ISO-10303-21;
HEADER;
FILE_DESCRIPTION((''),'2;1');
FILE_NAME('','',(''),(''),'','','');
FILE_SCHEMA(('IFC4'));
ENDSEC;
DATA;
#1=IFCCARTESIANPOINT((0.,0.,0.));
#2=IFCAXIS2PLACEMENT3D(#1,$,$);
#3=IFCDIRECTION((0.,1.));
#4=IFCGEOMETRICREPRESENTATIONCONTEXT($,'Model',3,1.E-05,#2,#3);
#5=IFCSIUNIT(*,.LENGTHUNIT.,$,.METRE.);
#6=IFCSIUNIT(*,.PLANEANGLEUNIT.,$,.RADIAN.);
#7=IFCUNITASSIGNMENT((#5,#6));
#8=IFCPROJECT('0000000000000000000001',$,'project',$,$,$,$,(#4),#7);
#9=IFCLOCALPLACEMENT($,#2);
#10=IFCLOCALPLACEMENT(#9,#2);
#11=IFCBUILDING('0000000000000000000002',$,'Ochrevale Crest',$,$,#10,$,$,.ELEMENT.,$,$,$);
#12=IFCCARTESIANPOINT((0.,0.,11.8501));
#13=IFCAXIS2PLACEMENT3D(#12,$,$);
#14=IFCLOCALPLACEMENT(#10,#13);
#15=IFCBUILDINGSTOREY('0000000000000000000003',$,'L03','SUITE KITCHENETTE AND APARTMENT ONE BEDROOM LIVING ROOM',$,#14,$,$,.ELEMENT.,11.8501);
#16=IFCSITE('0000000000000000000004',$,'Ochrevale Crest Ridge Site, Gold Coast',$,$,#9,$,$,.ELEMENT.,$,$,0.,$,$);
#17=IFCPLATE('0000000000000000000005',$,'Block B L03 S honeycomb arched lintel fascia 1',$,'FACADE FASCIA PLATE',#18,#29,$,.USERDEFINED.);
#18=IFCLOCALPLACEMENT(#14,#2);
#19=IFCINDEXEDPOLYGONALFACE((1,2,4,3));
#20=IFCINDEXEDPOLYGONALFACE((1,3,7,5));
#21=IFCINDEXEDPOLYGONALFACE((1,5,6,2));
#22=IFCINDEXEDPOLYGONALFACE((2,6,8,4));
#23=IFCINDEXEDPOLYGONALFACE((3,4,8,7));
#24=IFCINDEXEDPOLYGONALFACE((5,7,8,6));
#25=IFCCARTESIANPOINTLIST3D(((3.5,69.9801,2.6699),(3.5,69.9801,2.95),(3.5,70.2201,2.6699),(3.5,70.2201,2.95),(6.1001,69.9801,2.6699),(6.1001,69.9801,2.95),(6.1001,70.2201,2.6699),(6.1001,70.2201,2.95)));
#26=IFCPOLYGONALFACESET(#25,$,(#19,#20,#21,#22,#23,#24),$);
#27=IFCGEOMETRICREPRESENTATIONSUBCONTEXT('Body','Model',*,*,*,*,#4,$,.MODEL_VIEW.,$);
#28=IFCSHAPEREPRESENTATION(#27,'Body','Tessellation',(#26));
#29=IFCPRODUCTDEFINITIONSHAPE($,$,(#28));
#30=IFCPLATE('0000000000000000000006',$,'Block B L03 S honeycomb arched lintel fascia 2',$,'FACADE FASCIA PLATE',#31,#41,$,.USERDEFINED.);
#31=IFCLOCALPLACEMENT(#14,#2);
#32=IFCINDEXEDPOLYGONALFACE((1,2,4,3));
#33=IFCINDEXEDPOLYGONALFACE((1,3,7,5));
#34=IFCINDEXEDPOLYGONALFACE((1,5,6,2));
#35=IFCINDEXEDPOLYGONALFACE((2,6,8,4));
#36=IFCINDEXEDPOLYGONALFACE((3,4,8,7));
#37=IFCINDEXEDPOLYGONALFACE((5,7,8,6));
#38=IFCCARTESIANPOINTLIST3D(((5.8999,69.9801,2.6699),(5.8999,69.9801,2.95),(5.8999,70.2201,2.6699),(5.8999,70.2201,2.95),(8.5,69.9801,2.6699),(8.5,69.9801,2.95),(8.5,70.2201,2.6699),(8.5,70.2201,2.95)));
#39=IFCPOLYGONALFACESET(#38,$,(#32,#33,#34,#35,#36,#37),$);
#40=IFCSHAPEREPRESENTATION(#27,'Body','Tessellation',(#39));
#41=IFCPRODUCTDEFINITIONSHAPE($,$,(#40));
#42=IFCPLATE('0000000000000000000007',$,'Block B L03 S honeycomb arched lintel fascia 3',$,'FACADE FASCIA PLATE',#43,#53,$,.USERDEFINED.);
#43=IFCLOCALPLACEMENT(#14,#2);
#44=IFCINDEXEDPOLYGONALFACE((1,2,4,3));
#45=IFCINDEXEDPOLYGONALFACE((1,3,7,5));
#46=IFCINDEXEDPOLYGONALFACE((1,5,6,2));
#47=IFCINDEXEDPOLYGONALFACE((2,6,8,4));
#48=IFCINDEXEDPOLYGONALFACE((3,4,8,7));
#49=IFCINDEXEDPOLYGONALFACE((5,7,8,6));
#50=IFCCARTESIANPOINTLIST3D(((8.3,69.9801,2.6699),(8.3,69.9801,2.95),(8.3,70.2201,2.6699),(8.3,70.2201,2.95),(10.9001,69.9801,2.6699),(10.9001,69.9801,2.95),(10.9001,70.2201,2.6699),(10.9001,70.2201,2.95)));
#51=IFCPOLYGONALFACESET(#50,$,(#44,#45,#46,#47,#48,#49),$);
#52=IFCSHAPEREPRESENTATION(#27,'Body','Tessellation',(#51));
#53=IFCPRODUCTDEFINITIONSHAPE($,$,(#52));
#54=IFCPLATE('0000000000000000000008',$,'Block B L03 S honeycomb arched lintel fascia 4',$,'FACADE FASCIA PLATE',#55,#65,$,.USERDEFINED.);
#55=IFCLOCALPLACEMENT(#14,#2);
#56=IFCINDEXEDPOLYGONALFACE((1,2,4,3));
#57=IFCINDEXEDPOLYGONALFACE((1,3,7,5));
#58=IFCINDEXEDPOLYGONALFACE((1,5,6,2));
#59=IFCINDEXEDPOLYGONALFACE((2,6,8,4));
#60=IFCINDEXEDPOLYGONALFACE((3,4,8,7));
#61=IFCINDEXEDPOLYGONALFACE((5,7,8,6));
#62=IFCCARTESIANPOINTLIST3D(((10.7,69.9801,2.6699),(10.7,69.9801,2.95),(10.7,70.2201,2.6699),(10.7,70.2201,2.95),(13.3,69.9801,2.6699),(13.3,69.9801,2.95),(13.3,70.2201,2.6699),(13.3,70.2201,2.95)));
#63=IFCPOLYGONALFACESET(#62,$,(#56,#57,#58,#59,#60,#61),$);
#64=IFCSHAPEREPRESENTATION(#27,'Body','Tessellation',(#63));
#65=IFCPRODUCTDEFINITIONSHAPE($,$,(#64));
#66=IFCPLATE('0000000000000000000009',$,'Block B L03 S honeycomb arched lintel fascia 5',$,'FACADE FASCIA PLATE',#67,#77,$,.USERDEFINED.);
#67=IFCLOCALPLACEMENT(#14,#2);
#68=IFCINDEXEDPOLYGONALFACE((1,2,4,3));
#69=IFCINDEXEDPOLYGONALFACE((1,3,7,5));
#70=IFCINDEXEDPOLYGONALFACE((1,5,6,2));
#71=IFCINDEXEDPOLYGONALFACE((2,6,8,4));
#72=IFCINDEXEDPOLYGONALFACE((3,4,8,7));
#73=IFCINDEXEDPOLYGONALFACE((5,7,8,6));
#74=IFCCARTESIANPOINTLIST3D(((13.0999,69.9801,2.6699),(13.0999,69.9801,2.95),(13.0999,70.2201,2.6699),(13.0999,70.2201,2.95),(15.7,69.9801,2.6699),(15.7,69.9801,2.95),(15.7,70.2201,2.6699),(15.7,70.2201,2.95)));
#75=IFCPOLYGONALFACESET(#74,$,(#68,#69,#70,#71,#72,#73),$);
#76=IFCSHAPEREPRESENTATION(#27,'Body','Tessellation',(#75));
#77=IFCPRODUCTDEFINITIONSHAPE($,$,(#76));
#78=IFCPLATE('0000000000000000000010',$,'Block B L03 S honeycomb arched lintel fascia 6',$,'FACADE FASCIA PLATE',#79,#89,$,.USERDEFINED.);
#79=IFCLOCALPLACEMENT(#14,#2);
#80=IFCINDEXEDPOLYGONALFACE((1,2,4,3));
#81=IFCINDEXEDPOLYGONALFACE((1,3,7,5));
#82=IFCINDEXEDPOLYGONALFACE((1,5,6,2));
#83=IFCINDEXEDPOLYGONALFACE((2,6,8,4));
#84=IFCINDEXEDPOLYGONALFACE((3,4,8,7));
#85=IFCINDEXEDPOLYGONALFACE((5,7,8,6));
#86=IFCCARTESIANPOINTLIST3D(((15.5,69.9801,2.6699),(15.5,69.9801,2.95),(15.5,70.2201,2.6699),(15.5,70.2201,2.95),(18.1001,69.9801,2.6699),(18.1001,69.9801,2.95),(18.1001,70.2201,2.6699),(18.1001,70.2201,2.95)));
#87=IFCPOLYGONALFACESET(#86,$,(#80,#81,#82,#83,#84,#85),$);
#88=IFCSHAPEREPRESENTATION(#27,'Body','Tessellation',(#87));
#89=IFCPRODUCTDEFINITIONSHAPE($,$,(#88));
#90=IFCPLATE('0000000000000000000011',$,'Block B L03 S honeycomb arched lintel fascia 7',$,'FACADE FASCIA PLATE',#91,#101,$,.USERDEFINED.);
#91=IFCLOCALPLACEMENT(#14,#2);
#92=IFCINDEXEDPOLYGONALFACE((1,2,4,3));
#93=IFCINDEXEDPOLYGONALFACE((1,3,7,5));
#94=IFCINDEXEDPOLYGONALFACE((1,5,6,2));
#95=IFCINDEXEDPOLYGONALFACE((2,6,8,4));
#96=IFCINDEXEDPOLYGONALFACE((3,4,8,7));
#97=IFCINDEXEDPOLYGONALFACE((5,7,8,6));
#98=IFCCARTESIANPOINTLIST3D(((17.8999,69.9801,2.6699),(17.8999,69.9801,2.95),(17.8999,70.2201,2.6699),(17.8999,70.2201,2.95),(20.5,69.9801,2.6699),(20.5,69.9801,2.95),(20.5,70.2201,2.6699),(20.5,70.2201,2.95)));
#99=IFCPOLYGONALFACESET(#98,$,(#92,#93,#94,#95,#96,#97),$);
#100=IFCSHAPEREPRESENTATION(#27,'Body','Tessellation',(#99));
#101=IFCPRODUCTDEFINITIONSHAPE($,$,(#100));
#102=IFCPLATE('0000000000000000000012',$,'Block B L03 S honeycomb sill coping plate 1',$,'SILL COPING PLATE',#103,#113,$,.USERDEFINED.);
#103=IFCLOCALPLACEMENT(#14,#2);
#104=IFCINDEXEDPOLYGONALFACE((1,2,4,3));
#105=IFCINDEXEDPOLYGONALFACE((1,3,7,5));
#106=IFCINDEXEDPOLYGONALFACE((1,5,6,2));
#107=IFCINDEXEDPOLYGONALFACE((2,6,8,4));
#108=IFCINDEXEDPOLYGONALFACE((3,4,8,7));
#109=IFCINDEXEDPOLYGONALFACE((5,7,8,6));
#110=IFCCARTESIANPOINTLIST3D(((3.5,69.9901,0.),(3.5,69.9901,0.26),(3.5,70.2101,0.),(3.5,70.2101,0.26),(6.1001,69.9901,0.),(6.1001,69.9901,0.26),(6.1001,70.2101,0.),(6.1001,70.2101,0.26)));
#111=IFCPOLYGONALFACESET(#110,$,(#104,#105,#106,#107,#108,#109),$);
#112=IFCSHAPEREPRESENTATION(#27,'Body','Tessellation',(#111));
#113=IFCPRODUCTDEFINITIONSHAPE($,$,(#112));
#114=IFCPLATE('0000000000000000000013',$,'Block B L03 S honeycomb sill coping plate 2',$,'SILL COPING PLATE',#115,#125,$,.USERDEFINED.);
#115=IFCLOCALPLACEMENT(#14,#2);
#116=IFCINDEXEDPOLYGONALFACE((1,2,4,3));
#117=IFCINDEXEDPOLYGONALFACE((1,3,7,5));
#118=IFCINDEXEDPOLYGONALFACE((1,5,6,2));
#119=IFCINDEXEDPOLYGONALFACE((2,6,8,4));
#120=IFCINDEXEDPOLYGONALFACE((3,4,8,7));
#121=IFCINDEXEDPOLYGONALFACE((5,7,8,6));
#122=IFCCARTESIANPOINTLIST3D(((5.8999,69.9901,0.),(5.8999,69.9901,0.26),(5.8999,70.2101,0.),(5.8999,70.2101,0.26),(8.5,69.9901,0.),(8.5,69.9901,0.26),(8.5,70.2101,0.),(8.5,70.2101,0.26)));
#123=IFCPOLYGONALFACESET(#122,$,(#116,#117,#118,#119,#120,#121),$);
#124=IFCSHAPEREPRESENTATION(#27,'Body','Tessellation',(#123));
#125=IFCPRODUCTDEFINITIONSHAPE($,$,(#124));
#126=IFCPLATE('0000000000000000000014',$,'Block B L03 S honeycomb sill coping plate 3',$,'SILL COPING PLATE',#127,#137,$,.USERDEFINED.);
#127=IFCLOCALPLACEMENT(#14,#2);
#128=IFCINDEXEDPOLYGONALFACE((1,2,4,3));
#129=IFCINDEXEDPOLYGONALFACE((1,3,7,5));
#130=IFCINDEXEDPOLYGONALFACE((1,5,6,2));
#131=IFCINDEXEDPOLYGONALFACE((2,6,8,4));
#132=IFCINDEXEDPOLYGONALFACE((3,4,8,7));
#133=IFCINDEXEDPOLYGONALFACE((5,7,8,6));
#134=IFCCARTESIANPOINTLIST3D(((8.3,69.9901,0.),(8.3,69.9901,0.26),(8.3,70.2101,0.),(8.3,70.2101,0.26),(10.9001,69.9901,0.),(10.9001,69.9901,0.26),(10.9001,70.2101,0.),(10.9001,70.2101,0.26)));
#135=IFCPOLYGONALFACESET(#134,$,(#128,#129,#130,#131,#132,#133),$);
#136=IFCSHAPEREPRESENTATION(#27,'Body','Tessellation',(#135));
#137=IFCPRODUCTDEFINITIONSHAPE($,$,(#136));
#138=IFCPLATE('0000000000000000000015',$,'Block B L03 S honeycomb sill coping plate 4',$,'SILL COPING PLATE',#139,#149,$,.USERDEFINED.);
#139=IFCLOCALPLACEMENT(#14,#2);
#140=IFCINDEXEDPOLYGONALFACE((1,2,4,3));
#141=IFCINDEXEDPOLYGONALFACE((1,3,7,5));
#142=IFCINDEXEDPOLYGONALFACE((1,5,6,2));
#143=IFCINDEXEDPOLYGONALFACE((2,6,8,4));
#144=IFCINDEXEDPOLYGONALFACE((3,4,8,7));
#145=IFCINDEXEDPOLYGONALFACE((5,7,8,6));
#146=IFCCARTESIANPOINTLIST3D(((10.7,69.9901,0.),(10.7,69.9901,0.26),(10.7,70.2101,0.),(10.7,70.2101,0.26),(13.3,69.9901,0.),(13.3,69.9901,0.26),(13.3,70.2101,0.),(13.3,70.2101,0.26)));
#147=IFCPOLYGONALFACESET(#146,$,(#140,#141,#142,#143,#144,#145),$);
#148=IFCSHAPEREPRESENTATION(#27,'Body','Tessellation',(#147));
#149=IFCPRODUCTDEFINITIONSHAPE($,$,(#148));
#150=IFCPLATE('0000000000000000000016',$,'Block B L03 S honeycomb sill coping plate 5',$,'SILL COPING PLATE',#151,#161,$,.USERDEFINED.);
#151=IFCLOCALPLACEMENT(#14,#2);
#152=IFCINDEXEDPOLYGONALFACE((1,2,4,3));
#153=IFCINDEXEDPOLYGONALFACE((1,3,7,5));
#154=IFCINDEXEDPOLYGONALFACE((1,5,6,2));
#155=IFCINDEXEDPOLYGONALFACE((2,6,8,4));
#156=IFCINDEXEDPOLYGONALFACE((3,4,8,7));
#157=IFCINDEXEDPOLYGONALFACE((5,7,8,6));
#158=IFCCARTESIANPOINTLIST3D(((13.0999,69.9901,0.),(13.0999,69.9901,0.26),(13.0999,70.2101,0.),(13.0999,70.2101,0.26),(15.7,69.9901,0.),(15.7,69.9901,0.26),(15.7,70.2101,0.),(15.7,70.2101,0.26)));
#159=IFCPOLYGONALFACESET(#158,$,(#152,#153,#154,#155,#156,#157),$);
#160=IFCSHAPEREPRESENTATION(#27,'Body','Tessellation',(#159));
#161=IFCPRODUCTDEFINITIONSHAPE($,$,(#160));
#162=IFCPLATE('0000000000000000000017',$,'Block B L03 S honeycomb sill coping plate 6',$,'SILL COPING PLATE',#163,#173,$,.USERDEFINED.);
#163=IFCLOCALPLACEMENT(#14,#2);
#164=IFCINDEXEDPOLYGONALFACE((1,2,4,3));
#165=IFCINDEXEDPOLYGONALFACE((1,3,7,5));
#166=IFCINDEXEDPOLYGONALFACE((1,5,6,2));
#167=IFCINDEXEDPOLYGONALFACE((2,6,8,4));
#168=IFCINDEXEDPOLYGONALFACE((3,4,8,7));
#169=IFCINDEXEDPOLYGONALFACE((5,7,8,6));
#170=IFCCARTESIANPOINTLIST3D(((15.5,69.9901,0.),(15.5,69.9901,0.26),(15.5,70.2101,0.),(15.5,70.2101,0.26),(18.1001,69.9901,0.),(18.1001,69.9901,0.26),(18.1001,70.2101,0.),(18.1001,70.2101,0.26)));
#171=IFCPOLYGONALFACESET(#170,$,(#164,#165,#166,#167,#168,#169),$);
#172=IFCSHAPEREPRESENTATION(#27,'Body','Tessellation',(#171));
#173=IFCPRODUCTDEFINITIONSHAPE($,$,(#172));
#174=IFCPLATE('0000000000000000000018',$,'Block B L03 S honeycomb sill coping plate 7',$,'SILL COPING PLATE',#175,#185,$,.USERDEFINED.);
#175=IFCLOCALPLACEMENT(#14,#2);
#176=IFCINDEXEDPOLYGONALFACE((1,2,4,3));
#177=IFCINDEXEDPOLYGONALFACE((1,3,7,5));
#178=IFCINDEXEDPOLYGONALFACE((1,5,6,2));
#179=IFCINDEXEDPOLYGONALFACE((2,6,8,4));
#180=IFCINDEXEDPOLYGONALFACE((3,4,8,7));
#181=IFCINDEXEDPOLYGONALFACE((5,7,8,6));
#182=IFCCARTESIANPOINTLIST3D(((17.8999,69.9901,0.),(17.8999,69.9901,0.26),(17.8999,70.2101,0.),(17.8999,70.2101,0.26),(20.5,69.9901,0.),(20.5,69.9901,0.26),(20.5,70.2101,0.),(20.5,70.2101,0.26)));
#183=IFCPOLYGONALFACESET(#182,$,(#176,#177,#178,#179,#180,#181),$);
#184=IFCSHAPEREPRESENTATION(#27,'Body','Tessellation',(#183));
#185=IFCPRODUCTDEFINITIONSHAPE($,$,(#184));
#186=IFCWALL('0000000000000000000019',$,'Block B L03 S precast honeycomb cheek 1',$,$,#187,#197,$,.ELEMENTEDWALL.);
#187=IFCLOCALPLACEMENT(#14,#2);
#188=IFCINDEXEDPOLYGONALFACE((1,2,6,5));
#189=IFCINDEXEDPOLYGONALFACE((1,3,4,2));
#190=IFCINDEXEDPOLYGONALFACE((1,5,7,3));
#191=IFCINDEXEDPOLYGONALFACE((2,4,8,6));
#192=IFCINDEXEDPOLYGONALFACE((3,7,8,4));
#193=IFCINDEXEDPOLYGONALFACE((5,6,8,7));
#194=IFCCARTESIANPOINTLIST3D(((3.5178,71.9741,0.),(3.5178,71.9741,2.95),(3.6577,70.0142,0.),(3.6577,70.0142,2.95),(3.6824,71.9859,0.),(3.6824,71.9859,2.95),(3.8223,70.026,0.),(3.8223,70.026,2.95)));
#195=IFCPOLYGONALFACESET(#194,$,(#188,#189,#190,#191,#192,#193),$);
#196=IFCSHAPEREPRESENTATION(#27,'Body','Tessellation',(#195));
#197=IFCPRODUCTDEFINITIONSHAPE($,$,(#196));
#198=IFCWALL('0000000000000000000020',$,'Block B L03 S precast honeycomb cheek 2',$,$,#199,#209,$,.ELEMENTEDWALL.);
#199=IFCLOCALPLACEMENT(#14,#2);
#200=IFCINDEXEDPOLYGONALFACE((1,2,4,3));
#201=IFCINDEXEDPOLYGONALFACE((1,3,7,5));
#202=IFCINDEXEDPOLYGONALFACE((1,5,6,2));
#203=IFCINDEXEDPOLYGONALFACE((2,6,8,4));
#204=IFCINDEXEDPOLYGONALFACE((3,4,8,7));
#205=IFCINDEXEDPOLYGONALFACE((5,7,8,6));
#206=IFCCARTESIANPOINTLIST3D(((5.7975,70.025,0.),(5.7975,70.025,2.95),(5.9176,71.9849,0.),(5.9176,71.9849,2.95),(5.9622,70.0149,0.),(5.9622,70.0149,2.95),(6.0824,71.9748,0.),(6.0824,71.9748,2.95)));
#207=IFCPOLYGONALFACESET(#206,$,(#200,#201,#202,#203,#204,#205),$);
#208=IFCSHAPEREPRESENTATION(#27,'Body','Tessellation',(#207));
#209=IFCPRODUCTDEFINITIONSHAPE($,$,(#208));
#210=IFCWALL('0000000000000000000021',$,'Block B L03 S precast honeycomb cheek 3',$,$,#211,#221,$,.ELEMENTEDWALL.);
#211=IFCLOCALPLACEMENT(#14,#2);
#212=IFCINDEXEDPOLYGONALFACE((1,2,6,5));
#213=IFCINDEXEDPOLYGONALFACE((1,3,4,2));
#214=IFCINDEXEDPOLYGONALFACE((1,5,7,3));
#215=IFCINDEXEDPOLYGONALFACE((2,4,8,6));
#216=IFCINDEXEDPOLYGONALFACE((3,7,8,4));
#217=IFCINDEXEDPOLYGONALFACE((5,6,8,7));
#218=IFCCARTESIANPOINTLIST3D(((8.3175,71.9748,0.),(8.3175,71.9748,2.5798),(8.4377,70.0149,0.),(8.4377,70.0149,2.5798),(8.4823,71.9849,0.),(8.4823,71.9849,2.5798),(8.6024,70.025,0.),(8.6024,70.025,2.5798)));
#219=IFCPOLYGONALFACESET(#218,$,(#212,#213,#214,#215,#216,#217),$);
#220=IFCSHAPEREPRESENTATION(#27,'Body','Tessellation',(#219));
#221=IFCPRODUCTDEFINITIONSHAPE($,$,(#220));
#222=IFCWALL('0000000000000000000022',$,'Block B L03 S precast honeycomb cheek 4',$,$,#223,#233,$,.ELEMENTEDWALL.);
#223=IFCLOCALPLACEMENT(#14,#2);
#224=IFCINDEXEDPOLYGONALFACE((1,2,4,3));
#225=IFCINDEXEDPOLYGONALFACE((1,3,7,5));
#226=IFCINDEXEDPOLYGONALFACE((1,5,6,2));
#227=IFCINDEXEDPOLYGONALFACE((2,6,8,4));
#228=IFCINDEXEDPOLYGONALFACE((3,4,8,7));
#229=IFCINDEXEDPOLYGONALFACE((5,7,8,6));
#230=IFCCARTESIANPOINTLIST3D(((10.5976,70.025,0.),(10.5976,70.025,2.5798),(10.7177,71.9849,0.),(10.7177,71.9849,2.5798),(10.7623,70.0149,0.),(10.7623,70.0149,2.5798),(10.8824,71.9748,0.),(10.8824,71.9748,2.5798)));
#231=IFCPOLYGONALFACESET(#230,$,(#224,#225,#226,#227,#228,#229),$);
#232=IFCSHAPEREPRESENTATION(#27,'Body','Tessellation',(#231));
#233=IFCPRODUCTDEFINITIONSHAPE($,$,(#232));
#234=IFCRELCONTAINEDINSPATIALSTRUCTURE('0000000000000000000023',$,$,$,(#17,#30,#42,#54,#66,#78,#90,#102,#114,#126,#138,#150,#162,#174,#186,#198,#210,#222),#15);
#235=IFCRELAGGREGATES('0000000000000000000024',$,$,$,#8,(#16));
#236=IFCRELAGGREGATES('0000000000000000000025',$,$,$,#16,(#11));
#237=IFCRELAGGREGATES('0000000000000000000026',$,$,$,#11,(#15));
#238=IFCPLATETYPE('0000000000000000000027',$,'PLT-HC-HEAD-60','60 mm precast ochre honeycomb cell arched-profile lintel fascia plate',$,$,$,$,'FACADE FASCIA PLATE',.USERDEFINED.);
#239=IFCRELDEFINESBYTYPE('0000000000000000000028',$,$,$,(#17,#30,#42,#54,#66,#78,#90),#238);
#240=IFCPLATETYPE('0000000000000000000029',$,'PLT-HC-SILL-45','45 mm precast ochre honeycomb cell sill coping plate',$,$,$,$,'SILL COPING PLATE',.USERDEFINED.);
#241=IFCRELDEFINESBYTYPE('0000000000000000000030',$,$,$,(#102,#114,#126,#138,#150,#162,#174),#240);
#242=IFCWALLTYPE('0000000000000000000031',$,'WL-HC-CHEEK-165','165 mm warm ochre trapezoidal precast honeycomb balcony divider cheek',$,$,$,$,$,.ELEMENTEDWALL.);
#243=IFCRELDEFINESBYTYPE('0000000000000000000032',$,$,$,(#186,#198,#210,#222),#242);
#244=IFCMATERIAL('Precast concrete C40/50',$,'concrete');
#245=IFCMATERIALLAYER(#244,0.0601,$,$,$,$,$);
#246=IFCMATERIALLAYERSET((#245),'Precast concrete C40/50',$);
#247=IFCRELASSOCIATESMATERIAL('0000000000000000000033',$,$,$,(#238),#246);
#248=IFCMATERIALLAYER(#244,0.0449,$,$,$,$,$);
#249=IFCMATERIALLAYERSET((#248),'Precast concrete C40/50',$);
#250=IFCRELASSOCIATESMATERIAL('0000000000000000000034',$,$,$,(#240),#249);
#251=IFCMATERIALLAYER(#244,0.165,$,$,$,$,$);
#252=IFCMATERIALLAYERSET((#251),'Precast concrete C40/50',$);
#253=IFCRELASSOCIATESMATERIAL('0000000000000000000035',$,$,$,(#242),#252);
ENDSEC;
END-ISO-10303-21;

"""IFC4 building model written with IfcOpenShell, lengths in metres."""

from ifc_helpers import new_model, si_unit, direction, frame, frame_2d, origin, origin_2d, place, context, subcontext, project, spatial, rectangle, extrude, material, layer, layer_set, type_object, element, save


model = new_model("IFC4")

# Units and contexts
model_context = context("Model", 3, precision=1e-05, world=origin(), true_north=direction((0.0, 1.0)))
body_context = subcontext(model_context, "Body", "Model", "MODEL_VIEW")
ifc_project = project(units=[si_unit("LENGTHUNIT", "METRE"), si_unit("PLANEANGLEUNIT", "RADIAN")], contexts=[model_context])

# Site, building, storey
site_placement = place(None, origin())
site = spatial("IfcSite", under=ifc_project, at=site_placement, Name="Ochrevale Crest Ridge Site, Gold Coast", CompositionType="ELEMENT", RefElevation=0.0)
building_placement = place(site_placement, origin())
building = spatial("IfcBuilding", under=site, at=building_placement, Name="Ochrevale Crest", CompositionType="ELEMENT")
storey_placement = place(building_placement, frame((0.0, 0.0, 11.8501)))
storey = spatial("IfcBuildingStorey", under=building, at=storey_placement, Name="L03", Description="SUITE KITCHENETTE AND APARTMENT ONE BEDROOM LIVING ROOM", CompositionType="ELEMENT", Elevation=11.8501)

# Plates
ifc_material_1 = material(Name="Precast concrete C40/50", Category="concrete")
ifc_layer_1 = layer(ifc_material_1, 0.0601)
ifc_layer_set_1 = layer_set([ifc_layer_1], Name="Precast concrete C40/50")
plate_type_1 = type_object("IfcPlateType", Name="PLT-HC-HEAD-60", Description="60 mm precast ochre honeycomb cell arched-profile lintel fascia plate", ElementType="FACADE FASCIA PLATE", PredefinedType="USERDEFINED", material=ifc_layer_set_1)
for number, where, z_axis, x_axis, name in (
    (1, (4.8, 70.1001, 2.6699), (0.0, 0.0, 1.0), (1.0, 0.0, 0.0), "Block B L03 S honeycomb arched lintel fascia 1"),
    (2, (7.2, 70.1001, 2.6699), (0.0, 0.0, 1.0), (1.0, 0.0, 0.0), "Block B L03 S honeycomb arched lintel fascia 2"),
    (3, (9.6001, 70.1001, 2.6699), (0.0, 0.0, 1.0), (1.0, 0.0, 0.0), "Block B L03 S honeycomb arched lintel fascia 3"),
    (4, (12.0, 70.1001, 2.6699), (0.0, 0.0, 1.0), (1.0, 0.0, 0.0), "Block B L03 S honeycomb arched lintel fascia 4"),
    (5, (14.3999, 70.1001, 2.6699), (0.0, 0.0, 1.0), (1.0, 0.0, 0.0), "Block B L03 S honeycomb arched lintel fascia 5"),
    (6, (16.8, 70.1001, 2.6699), (0.0, 0.0, 1.0), (1.0, 0.0, 0.0), "Block B L03 S honeycomb arched lintel fascia 6"),
    (7, (19.2, 70.1001, 2.6699), (0.0, 0.0, 1.0), (1.0, 0.0, 0.0), "Block B L03 S honeycomb arched lintel fascia 7"),
):
    element("IfcPlate", number, at=place(storey_placement, frame(where, z_axis=z_axis, x_axis=x_axis)), inside=storey, type_object=plate_type_1, Name=name, ObjectType="FACADE FASCIA PLATE", PredefinedType="USERDEFINED", context=body_context, shape_type="SweptSolid", body=[
        extrude(rectangle(XDim=2.6001, YDim=0.24, at=origin_2d()), origin(), (0.0, 0.0, 1.0), 0.28),
    ])
ifc_layer_2 = layer(ifc_material_1, 0.0449)
ifc_layer_set_2 = layer_set([ifc_layer_2], Name="Precast concrete C40/50")
plate_type_2 = type_object("IfcPlateType", Name="PLT-HC-SILL-45", Description="45 mm precast ochre honeycomb cell sill coping plate", ElementType="SILL COPING PLATE", PredefinedType="USERDEFINED", material=ifc_layer_set_2)
for number, where, z_axis, x_axis, name in (
    (8, (4.8, 70.1001, 0.0), (0.0, 0.0, 1.0), (1.0, 0.0, 0.0), "Block B L03 S honeycomb sill coping plate 1"),
    (9, (7.2, 70.1001, 0.0), (0.0, 0.0, 1.0), (1.0, 0.0, 0.0), "Block B L03 S honeycomb sill coping plate 2"),
    (10, (9.6001, 70.1001, 0.0), (0.0, 0.0, 1.0), (1.0, 0.0, 0.0), "Block B L03 S honeycomb sill coping plate 3"),
    (11, (12.0, 70.1001, 0.0), (0.0, 0.0, 1.0), (1.0, 0.0, 0.0), "Block B L03 S honeycomb sill coping plate 4"),
    (12, (14.3999, 70.1001, 0.0), (0.0, 0.0, 1.0), (1.0, 0.0, 0.0), "Block B L03 S honeycomb sill coping plate 5"),
    (13, (16.8, 70.1001, 0.0), (0.0, 0.0, 1.0), (1.0, 0.0, 0.0), "Block B L03 S honeycomb sill coping plate 6"),
    (14, (19.2, 70.1001, 0.0), (0.0, 0.0, 1.0), (1.0, 0.0, 0.0), "Block B L03 S honeycomb sill coping plate 7"),
):
    element("IfcPlate", number, at=place(storey_placement, frame(where, z_axis=z_axis, x_axis=x_axis)), inside=storey, type_object=plate_type_2, Name=name, ObjectType="SILL COPING PLATE", PredefinedType="USERDEFINED", context=body_context, shape_type="SweptSolid", body=[
        extrude(rectangle(XDim=2.6001, YDim=0.22, at=origin_2d()), origin(), (0.0, 0.0, 1.0), 0.26),
    ])

# Walls
ifc_layer_3 = layer(ifc_material_1, 0.165)
ifc_layer_set_3 = layer_set([ifc_layer_3], Name="Precast concrete C40/50")
wall_type = type_object("IfcWallType", Name="WL-HC-CHEEK-165", Description="165 mm warm ochre trapezoidal precast honeycomb balcony divider cheek", PredefinedType="ELEMENTEDWALL", material=ifc_layer_set_3)
wall_1_placement = place(storey_placement, frame((3.6001, 71.98, 0.0), z_axis=(0.0, 0.0, 1.0), x_axis=(0.071194, -0.997462, 0.0)))
element("IfcWall", 15, at=wall_1_placement, inside=storey, type_object=wall_type, Name="Block B L03 S precast honeycomb cheek 1", PredefinedType="ELEMENTEDWALL", context=body_context, shape_type="SweptSolid", body=[
    extrude(rectangle(XDim=1.9648, YDim=0.165, at=frame_2d((0.9824, 0.0))), origin(), (0.0, 0.0, 1.0), 2.95),
])
wall_2_placement = place(storey_placement, frame((6.0, 71.98, 0.0), z_axis=(0.0, 0.0, 1.0), x_axis=(-0.061171, -0.998127, 0.0)))
element("IfcWall", 16, at=wall_2_placement, inside=storey, type_object=wall_type, Name="Block B L03 S precast honeycomb cheek 2", PredefinedType="ELEMENTEDWALL", context=body_context, shape_type="SweptSolid", body=[
    extrude(rectangle(XDim=1.9636, YDim=0.165, at=frame_2d((0.9819, 0.0))), origin(), (0.0, 0.0, 1.0), 2.95),
])
for number, where, z_axis, x_axis, name in (
    (17, (8.3999, 71.98, 0.0), (0.0, 0.0, 1.0), (0.061171, -0.998127, 0.0), "Block B L03 S precast honeycomb cheek 3"),
    (18, (10.8, 71.98, 0.0), (0.0, 0.0, 1.0), (-0.061171, -0.998127, 0.0), "Block B L03 S precast honeycomb cheek 4"),
):
    element("IfcWall", number, at=place(storey_placement, frame(where, z_axis=z_axis, x_axis=x_axis)), inside=storey, type_object=wall_type, Name=name, PredefinedType="ELEMENTEDWALL", context=body_context, shape_type="SweptSolid", body=[
        extrude(rectangle(XDim=1.9636, YDim=0.165, at=frame_2d((0.9819, 0.0))), origin(), (0.0, 0.0, 1.0), 2.5798),
    ])

save(model, "model.ifc")
